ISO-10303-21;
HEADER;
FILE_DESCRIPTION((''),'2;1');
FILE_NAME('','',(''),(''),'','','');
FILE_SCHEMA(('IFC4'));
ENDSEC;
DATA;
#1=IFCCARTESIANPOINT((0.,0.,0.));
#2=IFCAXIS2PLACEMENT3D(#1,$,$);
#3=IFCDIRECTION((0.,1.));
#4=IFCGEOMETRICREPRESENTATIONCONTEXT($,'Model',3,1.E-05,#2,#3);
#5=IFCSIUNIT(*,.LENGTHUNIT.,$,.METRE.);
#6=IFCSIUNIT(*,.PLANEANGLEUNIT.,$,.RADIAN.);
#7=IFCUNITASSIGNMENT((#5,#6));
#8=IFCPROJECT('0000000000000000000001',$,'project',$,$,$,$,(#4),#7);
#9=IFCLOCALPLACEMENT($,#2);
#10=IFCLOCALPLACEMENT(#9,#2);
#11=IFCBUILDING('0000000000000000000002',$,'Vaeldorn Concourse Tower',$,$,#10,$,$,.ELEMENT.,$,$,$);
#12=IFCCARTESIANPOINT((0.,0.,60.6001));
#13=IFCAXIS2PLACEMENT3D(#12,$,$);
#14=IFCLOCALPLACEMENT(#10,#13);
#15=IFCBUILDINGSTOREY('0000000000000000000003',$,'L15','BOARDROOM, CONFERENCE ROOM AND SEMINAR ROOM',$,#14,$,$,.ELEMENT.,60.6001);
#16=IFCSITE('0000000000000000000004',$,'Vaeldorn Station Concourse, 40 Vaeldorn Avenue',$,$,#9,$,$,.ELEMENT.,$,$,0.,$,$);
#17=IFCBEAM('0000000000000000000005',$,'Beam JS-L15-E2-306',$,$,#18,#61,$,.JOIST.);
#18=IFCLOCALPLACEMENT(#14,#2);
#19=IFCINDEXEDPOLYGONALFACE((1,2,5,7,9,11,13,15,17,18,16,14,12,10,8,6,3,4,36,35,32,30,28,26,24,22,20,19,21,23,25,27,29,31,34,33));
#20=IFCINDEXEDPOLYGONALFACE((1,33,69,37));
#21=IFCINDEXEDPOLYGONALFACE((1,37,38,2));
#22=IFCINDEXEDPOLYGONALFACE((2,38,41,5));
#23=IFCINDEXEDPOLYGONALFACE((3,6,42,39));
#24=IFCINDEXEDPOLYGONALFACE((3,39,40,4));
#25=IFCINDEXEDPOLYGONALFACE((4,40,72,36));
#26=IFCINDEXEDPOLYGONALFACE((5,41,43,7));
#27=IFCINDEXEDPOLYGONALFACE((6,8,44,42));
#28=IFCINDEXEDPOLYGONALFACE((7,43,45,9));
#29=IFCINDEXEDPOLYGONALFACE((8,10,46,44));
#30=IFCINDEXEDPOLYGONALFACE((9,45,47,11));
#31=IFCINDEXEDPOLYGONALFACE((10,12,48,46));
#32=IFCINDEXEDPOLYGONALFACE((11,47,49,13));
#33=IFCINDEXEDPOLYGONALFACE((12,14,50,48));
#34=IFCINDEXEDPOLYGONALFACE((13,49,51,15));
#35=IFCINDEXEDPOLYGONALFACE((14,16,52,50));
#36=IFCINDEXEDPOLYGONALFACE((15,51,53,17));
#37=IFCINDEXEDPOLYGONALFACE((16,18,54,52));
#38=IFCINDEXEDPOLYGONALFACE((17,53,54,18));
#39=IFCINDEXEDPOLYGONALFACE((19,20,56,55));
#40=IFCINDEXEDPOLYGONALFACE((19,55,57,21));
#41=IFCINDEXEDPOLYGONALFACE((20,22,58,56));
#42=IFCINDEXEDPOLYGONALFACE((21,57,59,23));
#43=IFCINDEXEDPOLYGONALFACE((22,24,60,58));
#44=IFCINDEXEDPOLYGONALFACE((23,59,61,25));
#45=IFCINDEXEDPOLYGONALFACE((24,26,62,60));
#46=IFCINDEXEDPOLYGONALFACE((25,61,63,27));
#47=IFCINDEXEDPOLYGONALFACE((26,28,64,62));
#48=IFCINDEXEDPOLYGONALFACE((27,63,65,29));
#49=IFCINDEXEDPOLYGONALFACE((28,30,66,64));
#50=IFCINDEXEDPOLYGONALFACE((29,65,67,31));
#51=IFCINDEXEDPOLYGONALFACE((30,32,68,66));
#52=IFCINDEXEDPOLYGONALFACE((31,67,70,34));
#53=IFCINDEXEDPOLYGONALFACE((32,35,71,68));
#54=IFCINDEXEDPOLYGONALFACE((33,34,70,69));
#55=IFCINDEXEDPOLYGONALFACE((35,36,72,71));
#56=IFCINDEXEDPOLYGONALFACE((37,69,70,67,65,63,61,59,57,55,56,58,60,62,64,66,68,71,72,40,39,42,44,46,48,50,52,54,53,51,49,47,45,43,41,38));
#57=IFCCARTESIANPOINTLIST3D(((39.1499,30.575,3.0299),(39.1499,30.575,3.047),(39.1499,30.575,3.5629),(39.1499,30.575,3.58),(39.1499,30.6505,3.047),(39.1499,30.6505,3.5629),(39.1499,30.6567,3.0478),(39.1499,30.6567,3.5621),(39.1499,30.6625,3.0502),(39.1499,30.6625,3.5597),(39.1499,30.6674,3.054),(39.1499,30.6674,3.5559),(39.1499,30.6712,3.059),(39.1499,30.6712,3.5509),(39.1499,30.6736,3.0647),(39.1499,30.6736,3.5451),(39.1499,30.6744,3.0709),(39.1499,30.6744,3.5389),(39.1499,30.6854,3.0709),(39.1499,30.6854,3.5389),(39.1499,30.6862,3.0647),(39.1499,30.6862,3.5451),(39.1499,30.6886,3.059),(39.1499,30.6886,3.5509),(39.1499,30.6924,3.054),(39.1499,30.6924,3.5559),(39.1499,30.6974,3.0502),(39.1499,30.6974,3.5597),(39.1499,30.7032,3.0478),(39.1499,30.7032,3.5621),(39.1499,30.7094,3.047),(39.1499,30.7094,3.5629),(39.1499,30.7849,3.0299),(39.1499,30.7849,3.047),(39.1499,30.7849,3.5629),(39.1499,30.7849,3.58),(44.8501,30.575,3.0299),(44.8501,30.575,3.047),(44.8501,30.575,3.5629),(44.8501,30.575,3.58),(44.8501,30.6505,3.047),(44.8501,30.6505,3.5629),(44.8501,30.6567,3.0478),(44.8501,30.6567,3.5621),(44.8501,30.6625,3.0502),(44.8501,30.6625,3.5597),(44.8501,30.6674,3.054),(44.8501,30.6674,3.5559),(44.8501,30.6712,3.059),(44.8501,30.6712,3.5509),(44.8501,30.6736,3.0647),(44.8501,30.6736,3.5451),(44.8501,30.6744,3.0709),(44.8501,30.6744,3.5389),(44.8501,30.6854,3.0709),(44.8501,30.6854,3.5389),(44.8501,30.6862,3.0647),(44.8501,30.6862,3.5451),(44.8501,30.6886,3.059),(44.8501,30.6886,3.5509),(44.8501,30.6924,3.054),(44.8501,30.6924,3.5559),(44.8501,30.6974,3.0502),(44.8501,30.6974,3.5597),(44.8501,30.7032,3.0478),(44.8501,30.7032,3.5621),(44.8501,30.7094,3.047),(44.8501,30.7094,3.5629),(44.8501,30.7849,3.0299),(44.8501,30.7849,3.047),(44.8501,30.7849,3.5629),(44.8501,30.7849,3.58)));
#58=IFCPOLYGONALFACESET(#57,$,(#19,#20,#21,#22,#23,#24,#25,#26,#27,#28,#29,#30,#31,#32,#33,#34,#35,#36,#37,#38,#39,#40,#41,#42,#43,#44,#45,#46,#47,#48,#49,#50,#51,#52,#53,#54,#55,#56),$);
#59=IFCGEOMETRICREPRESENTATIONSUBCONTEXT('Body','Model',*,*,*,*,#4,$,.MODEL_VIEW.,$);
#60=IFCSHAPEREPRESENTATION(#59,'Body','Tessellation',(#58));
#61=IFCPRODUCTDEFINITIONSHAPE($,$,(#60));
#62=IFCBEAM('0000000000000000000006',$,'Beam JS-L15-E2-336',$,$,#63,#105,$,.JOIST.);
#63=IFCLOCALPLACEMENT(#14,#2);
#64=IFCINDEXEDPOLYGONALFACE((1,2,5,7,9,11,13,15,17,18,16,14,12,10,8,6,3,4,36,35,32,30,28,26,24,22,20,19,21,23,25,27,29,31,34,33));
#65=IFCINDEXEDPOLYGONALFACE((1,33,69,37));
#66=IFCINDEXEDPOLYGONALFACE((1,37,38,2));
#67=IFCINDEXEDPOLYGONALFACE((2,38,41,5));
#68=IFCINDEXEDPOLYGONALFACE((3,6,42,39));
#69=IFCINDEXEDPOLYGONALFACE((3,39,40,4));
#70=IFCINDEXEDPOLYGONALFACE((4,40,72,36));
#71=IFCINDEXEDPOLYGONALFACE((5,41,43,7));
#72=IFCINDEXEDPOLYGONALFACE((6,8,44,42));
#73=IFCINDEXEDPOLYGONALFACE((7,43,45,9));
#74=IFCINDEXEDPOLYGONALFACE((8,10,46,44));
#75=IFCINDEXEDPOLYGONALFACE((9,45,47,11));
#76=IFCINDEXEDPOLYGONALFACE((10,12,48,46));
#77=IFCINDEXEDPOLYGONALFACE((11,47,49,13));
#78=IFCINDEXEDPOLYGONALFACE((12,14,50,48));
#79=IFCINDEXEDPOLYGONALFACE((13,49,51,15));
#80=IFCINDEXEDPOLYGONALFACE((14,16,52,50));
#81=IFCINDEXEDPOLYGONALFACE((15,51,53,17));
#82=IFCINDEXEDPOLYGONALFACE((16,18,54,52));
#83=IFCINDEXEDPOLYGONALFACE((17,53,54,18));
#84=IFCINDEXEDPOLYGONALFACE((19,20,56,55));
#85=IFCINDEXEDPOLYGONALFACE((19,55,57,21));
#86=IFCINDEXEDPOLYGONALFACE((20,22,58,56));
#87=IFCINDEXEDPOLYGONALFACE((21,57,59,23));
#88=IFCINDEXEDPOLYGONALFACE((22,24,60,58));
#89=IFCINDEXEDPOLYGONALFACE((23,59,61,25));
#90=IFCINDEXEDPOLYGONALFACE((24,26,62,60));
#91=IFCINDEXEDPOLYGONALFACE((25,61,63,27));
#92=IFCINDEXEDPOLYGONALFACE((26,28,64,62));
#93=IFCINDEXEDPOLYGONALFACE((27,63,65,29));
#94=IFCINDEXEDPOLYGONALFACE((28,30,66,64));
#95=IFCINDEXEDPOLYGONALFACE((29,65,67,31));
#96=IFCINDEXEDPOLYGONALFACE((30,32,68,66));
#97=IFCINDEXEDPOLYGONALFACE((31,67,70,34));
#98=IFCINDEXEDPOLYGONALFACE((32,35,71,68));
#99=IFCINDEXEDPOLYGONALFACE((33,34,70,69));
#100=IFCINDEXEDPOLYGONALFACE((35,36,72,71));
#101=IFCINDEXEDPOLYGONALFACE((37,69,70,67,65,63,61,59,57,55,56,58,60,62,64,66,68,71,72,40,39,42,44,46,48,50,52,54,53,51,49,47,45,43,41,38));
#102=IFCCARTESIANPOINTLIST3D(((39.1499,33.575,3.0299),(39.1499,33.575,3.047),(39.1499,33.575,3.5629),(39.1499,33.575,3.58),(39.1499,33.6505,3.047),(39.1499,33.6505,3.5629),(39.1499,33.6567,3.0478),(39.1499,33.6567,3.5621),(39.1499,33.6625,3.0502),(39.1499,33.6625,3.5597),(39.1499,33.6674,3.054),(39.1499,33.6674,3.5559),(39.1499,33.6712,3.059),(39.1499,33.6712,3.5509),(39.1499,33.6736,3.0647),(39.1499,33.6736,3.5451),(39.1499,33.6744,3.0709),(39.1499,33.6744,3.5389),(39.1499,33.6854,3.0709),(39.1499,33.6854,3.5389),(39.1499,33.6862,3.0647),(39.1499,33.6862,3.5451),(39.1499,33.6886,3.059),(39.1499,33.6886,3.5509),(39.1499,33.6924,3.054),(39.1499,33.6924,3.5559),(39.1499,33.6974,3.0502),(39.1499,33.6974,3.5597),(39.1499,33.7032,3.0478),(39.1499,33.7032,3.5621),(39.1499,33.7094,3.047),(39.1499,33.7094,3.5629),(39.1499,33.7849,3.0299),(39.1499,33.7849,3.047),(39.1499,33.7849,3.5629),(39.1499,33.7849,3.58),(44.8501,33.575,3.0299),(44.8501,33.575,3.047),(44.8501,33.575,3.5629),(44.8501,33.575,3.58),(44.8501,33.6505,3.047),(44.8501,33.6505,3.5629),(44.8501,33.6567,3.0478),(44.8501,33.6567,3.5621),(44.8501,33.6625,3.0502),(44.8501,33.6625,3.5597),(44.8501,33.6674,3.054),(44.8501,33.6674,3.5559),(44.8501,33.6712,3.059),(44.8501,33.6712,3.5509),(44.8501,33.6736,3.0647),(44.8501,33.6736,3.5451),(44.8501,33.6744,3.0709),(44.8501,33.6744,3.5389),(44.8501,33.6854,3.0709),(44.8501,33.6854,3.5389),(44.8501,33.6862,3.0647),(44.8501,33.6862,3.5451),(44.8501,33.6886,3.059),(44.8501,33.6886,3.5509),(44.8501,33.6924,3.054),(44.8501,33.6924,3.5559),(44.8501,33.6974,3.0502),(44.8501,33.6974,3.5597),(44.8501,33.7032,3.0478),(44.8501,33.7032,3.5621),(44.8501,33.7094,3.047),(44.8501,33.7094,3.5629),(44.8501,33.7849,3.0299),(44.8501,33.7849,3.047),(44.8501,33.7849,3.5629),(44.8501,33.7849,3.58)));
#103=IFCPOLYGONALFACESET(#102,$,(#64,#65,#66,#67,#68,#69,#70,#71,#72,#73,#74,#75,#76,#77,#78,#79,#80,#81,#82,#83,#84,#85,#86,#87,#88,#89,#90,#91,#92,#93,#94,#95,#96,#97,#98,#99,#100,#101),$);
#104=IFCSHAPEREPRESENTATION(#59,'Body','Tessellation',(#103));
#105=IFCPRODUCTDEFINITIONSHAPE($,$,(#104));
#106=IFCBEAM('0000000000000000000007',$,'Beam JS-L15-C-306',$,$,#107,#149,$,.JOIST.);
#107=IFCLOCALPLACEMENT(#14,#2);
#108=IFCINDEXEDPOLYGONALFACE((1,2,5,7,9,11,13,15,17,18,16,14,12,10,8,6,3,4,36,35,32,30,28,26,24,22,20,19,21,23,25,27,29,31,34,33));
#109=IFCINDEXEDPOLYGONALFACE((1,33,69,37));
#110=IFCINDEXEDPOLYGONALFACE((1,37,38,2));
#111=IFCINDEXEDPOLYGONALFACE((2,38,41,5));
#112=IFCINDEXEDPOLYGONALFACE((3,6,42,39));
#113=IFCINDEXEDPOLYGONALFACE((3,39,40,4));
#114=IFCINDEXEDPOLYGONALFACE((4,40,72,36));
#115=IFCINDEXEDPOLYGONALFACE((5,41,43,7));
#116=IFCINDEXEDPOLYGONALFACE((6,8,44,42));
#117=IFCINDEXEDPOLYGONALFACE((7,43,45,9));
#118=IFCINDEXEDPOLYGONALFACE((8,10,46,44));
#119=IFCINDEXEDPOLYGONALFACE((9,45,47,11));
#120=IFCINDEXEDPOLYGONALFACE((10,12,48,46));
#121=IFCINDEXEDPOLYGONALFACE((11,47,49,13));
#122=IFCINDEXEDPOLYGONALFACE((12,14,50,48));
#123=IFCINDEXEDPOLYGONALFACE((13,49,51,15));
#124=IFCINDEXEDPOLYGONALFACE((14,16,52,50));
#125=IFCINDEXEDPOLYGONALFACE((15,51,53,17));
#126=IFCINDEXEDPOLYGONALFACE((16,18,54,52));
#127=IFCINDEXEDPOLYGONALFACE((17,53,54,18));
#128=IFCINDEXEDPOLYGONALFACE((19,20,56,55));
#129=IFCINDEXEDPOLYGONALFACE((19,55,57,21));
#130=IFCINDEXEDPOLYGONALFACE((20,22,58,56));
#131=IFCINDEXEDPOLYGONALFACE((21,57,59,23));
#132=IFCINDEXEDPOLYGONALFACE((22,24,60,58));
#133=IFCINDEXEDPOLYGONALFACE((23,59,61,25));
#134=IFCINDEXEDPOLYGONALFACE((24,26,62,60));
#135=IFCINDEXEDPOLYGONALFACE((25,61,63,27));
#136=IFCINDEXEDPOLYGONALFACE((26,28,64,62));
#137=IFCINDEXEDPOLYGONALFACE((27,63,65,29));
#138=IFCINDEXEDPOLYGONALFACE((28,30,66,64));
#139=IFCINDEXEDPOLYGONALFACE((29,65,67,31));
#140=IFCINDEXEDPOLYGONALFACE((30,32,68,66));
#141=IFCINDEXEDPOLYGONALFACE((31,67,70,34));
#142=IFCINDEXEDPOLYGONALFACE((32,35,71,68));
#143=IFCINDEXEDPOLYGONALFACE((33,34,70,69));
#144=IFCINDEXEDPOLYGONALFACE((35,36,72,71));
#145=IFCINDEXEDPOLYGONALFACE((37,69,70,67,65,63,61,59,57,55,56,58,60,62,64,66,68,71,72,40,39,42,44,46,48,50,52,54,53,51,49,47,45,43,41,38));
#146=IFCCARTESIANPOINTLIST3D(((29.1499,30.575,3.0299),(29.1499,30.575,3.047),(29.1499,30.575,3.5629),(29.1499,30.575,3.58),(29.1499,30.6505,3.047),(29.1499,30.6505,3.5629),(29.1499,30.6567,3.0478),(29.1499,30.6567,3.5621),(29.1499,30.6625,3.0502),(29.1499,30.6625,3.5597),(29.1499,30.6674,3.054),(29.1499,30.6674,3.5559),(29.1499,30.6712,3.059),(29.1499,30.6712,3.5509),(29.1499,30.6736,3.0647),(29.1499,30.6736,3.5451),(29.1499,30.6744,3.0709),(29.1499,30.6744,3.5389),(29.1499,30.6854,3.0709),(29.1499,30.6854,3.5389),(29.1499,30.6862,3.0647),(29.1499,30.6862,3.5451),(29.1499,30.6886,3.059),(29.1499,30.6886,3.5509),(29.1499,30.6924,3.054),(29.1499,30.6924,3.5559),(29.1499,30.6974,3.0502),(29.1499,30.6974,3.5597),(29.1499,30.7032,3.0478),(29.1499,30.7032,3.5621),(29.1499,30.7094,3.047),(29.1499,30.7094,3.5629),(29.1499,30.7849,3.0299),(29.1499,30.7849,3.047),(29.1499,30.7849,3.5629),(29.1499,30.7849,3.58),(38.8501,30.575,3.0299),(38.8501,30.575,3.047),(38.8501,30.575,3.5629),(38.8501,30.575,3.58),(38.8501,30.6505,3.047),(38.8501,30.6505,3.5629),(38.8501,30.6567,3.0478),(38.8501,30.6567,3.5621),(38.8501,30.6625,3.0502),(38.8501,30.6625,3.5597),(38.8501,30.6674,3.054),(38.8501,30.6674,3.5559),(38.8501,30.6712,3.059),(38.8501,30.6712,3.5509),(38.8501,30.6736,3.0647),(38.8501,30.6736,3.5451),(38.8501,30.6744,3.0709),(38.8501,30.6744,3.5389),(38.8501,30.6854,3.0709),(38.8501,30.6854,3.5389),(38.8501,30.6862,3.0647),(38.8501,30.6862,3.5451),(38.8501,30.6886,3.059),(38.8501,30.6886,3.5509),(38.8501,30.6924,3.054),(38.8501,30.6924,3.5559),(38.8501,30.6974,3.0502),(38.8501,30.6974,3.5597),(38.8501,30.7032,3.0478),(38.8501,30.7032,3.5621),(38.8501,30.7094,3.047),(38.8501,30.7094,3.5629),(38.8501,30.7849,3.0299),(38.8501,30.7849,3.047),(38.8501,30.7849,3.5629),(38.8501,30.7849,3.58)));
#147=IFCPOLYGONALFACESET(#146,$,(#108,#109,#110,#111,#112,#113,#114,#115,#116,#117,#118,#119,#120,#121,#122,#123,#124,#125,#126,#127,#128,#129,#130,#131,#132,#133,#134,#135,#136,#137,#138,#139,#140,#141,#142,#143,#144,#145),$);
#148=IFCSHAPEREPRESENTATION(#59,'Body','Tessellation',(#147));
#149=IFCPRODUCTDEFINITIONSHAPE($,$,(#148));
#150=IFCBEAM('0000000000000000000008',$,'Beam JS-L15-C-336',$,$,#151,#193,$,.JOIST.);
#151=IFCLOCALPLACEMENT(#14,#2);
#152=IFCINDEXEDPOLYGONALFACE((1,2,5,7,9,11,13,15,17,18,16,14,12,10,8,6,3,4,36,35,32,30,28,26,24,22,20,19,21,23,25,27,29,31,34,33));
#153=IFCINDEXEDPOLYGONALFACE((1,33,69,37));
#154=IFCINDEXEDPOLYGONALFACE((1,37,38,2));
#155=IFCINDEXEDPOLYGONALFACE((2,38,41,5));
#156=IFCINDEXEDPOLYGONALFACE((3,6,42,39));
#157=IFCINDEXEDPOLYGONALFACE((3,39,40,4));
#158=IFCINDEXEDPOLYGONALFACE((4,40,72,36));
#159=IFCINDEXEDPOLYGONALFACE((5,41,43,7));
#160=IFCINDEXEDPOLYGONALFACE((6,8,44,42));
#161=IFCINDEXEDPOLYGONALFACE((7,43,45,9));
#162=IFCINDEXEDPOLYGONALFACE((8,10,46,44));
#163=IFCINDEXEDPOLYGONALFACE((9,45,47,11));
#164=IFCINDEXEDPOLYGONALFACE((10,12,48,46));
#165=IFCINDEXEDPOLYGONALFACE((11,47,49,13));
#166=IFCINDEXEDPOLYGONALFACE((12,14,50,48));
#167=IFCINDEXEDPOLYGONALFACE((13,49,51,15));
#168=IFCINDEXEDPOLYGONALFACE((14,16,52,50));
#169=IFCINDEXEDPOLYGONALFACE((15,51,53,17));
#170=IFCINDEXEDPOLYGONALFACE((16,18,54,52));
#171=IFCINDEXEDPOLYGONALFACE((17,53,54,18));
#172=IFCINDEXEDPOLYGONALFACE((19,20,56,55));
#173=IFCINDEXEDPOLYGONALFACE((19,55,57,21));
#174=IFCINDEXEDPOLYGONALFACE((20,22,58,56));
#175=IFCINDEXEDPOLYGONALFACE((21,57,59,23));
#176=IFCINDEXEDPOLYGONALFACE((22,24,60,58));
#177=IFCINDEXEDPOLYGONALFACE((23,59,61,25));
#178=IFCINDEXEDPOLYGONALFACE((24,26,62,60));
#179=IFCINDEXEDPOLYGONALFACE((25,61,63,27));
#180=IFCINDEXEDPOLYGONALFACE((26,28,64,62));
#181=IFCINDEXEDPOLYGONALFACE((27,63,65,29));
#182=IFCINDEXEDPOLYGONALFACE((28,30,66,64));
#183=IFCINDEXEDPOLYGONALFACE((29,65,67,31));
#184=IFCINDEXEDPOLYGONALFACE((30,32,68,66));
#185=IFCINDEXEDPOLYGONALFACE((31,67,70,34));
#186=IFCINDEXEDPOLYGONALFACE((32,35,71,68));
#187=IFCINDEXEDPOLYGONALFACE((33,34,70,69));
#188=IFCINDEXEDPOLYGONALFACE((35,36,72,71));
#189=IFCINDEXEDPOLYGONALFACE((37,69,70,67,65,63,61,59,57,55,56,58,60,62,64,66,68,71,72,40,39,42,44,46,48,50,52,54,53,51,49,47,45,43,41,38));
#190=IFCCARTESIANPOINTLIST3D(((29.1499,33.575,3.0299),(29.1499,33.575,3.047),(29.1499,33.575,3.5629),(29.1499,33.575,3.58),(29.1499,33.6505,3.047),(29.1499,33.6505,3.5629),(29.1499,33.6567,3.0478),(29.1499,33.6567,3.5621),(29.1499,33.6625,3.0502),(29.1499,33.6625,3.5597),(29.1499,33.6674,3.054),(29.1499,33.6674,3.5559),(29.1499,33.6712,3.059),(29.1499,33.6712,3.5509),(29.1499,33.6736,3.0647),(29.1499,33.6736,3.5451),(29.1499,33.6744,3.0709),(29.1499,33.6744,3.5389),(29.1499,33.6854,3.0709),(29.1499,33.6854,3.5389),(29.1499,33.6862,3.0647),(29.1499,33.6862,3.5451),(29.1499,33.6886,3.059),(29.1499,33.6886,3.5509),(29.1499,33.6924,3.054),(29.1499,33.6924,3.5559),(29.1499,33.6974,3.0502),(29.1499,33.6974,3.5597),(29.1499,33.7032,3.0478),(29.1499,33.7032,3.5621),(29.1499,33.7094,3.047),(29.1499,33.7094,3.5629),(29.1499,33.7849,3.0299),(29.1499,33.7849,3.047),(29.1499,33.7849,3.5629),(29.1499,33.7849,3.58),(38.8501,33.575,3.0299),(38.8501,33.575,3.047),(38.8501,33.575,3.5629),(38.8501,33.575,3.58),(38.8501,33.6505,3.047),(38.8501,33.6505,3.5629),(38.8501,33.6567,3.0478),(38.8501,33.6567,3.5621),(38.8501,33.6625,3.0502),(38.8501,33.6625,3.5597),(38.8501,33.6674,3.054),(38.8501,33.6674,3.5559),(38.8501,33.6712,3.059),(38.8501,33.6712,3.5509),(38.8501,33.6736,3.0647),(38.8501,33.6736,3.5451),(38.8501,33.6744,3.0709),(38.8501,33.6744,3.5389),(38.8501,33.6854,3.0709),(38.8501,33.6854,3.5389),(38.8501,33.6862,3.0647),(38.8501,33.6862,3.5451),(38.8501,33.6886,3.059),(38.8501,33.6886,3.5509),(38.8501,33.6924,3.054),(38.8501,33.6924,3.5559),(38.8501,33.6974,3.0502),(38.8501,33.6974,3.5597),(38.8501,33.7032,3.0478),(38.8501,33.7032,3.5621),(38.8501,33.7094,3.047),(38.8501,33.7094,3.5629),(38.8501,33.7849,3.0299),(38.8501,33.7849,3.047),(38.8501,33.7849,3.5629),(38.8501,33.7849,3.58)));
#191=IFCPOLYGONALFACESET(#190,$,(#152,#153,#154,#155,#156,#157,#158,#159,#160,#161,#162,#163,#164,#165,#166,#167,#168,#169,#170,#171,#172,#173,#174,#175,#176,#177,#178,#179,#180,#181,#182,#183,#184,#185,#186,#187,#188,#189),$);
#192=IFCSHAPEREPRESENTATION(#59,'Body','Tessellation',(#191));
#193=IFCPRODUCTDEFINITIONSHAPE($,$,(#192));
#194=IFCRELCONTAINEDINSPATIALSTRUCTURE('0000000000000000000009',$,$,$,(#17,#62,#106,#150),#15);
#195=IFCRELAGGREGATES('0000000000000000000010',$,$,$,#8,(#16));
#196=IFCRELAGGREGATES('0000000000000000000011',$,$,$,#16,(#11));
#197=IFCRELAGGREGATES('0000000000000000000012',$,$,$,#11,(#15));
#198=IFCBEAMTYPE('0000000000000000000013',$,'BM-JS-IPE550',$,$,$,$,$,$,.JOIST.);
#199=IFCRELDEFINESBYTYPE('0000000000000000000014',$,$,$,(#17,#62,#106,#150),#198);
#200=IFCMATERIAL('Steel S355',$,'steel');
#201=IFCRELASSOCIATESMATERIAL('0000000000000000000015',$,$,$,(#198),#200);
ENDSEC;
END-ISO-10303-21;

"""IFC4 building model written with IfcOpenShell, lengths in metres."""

from ifc_helpers import new_model, si_unit, direction, frame, origin, origin_2d, place, context, subcontext, project, spatial, i_section, extrude, source, transform, mapped, material, material_profile, profile_set, type_object, element, save


model = new_model("IFC4")

# Units and contexts
model_context = context("Model", 3, precision=1e-05, world=origin(), true_north=direction((0.0, 1.0)))
body_context = subcontext(model_context, "Body", "Model", "MODEL_VIEW")
ifc_project = project(units=[si_unit("LENGTHUNIT", "METRE"), si_unit("PLANEANGLEUNIT", "RADIAN")], contexts=[model_context])

# Site, building, storey
site_placement = place(None, origin())
site = spatial("IfcSite", under=ifc_project, at=site_placement, Name="Vaeldorn Station Concourse, 40 Vaeldorn Avenue", CompositionType="ELEMENT", RefElevation=0.0)
building_placement = place(site_placement, origin())
building = spatial("IfcBuilding", under=site, at=building_placement, Name="Vaeldorn Concourse Tower", CompositionType="ELEMENT")
storey_placement = place(building_placement, frame((0.0, 0.0, 60.6001)))
storey = spatial("IfcBuildingStorey", under=building, at=storey_placement, Name="L15", Description="BOARDROOM, CONFERENCE ROOM AND SEMINAR ROOM", CompositionType="ELEMENT", Elevation=60.6001)

# Beams
ifc_material_1 = material(Name="Steel S355", Category="steel")
ifc_material_profile_1 = material_profile(ifc_material_1, i_section(OverallWidth=0.21, OverallDepth=0.55, WebThickness=0.011, FlangeThickness=0.0171, FilletRadius=0.0239, at=origin_2d()), Name="IPE 550")
ifc_profile_set_1 = profile_set([ifc_material_profile_1], Name="Steel S355")
beam_type_1 = type_object("IfcBeamType", Name="BM-JS-IPE550", PredefinedType="JOIST", material=ifc_profile_set_1)
shared_shape_1 = source(origin(), body_context, "Body", "SweptSolid", [
    extrude(i_section(OverallWidth=0.21, OverallDepth=0.55, WebThickness=0.011, FlangeThickness=0.0171, FilletRadius=0.0239, at=origin_2d()), origin(), (0.0, 0.0, 1.0), 5.7002),
])
for number, where, z_axis, x_axis, name in (
    (1, (39.1499, 30.6799, 3.3049), (1.0, 0.0, 0.0), (0.0, 1.0, 0.0), "Beam JS-L15-E2-306"),
    (2, (39.1499, 33.6799, 3.3049), (1.0, 0.0, 0.0), (0.0, 1.0, 0.0), "Beam JS-L15-E2-336"),
):
    element("IfcBeam", number, at=place(storey_placement, frame(where, z_axis=z_axis, x_axis=x_axis)), inside=storey, type_object=beam_type_1, Name=name, PredefinedType="JOIST", context=body_context, shape_type="MappedRepresentation", body=[
        mapped(shared_shape_1, transform((0.0, 0.0, 0.0), scale=1.0)),
    ])
shared_shape_2 = source(origin(), body_context, "Body", "SweptSolid", [
    extrude(i_section(OverallWidth=0.21, OverallDepth=0.55, WebThickness=0.011, FlangeThickness=0.0171, FilletRadius=0.0239, at=origin_2d()), origin(), (0.0, 0.0, 1.0), 9.7002),
])
for number, where, z_axis, x_axis, name in (
    (3, (29.1499, 30.6799, 3.3049), (1.0, 0.0, 0.0), (0.0, 1.0, 0.0), "Beam JS-L15-C-306"),
    (4, (29.1499, 33.6799, 3.3049), (1.0, 0.0, 0.0), (0.0, 1.0, 0.0), "Beam JS-L15-C-336"),
):
    element("IfcBeam", number, at=place(storey_placement, frame(where, z_axis=z_axis, x_axis=x_axis)), inside=storey, type_object=beam_type_1, Name=name, PredefinedType="JOIST", context=body_context, shape_type="MappedRepresentation", body=[
        mapped(shared_shape_2, transform((0.0, 0.0, 0.0), scale=1.0)),
    ])

save(model, "model.ifc")
